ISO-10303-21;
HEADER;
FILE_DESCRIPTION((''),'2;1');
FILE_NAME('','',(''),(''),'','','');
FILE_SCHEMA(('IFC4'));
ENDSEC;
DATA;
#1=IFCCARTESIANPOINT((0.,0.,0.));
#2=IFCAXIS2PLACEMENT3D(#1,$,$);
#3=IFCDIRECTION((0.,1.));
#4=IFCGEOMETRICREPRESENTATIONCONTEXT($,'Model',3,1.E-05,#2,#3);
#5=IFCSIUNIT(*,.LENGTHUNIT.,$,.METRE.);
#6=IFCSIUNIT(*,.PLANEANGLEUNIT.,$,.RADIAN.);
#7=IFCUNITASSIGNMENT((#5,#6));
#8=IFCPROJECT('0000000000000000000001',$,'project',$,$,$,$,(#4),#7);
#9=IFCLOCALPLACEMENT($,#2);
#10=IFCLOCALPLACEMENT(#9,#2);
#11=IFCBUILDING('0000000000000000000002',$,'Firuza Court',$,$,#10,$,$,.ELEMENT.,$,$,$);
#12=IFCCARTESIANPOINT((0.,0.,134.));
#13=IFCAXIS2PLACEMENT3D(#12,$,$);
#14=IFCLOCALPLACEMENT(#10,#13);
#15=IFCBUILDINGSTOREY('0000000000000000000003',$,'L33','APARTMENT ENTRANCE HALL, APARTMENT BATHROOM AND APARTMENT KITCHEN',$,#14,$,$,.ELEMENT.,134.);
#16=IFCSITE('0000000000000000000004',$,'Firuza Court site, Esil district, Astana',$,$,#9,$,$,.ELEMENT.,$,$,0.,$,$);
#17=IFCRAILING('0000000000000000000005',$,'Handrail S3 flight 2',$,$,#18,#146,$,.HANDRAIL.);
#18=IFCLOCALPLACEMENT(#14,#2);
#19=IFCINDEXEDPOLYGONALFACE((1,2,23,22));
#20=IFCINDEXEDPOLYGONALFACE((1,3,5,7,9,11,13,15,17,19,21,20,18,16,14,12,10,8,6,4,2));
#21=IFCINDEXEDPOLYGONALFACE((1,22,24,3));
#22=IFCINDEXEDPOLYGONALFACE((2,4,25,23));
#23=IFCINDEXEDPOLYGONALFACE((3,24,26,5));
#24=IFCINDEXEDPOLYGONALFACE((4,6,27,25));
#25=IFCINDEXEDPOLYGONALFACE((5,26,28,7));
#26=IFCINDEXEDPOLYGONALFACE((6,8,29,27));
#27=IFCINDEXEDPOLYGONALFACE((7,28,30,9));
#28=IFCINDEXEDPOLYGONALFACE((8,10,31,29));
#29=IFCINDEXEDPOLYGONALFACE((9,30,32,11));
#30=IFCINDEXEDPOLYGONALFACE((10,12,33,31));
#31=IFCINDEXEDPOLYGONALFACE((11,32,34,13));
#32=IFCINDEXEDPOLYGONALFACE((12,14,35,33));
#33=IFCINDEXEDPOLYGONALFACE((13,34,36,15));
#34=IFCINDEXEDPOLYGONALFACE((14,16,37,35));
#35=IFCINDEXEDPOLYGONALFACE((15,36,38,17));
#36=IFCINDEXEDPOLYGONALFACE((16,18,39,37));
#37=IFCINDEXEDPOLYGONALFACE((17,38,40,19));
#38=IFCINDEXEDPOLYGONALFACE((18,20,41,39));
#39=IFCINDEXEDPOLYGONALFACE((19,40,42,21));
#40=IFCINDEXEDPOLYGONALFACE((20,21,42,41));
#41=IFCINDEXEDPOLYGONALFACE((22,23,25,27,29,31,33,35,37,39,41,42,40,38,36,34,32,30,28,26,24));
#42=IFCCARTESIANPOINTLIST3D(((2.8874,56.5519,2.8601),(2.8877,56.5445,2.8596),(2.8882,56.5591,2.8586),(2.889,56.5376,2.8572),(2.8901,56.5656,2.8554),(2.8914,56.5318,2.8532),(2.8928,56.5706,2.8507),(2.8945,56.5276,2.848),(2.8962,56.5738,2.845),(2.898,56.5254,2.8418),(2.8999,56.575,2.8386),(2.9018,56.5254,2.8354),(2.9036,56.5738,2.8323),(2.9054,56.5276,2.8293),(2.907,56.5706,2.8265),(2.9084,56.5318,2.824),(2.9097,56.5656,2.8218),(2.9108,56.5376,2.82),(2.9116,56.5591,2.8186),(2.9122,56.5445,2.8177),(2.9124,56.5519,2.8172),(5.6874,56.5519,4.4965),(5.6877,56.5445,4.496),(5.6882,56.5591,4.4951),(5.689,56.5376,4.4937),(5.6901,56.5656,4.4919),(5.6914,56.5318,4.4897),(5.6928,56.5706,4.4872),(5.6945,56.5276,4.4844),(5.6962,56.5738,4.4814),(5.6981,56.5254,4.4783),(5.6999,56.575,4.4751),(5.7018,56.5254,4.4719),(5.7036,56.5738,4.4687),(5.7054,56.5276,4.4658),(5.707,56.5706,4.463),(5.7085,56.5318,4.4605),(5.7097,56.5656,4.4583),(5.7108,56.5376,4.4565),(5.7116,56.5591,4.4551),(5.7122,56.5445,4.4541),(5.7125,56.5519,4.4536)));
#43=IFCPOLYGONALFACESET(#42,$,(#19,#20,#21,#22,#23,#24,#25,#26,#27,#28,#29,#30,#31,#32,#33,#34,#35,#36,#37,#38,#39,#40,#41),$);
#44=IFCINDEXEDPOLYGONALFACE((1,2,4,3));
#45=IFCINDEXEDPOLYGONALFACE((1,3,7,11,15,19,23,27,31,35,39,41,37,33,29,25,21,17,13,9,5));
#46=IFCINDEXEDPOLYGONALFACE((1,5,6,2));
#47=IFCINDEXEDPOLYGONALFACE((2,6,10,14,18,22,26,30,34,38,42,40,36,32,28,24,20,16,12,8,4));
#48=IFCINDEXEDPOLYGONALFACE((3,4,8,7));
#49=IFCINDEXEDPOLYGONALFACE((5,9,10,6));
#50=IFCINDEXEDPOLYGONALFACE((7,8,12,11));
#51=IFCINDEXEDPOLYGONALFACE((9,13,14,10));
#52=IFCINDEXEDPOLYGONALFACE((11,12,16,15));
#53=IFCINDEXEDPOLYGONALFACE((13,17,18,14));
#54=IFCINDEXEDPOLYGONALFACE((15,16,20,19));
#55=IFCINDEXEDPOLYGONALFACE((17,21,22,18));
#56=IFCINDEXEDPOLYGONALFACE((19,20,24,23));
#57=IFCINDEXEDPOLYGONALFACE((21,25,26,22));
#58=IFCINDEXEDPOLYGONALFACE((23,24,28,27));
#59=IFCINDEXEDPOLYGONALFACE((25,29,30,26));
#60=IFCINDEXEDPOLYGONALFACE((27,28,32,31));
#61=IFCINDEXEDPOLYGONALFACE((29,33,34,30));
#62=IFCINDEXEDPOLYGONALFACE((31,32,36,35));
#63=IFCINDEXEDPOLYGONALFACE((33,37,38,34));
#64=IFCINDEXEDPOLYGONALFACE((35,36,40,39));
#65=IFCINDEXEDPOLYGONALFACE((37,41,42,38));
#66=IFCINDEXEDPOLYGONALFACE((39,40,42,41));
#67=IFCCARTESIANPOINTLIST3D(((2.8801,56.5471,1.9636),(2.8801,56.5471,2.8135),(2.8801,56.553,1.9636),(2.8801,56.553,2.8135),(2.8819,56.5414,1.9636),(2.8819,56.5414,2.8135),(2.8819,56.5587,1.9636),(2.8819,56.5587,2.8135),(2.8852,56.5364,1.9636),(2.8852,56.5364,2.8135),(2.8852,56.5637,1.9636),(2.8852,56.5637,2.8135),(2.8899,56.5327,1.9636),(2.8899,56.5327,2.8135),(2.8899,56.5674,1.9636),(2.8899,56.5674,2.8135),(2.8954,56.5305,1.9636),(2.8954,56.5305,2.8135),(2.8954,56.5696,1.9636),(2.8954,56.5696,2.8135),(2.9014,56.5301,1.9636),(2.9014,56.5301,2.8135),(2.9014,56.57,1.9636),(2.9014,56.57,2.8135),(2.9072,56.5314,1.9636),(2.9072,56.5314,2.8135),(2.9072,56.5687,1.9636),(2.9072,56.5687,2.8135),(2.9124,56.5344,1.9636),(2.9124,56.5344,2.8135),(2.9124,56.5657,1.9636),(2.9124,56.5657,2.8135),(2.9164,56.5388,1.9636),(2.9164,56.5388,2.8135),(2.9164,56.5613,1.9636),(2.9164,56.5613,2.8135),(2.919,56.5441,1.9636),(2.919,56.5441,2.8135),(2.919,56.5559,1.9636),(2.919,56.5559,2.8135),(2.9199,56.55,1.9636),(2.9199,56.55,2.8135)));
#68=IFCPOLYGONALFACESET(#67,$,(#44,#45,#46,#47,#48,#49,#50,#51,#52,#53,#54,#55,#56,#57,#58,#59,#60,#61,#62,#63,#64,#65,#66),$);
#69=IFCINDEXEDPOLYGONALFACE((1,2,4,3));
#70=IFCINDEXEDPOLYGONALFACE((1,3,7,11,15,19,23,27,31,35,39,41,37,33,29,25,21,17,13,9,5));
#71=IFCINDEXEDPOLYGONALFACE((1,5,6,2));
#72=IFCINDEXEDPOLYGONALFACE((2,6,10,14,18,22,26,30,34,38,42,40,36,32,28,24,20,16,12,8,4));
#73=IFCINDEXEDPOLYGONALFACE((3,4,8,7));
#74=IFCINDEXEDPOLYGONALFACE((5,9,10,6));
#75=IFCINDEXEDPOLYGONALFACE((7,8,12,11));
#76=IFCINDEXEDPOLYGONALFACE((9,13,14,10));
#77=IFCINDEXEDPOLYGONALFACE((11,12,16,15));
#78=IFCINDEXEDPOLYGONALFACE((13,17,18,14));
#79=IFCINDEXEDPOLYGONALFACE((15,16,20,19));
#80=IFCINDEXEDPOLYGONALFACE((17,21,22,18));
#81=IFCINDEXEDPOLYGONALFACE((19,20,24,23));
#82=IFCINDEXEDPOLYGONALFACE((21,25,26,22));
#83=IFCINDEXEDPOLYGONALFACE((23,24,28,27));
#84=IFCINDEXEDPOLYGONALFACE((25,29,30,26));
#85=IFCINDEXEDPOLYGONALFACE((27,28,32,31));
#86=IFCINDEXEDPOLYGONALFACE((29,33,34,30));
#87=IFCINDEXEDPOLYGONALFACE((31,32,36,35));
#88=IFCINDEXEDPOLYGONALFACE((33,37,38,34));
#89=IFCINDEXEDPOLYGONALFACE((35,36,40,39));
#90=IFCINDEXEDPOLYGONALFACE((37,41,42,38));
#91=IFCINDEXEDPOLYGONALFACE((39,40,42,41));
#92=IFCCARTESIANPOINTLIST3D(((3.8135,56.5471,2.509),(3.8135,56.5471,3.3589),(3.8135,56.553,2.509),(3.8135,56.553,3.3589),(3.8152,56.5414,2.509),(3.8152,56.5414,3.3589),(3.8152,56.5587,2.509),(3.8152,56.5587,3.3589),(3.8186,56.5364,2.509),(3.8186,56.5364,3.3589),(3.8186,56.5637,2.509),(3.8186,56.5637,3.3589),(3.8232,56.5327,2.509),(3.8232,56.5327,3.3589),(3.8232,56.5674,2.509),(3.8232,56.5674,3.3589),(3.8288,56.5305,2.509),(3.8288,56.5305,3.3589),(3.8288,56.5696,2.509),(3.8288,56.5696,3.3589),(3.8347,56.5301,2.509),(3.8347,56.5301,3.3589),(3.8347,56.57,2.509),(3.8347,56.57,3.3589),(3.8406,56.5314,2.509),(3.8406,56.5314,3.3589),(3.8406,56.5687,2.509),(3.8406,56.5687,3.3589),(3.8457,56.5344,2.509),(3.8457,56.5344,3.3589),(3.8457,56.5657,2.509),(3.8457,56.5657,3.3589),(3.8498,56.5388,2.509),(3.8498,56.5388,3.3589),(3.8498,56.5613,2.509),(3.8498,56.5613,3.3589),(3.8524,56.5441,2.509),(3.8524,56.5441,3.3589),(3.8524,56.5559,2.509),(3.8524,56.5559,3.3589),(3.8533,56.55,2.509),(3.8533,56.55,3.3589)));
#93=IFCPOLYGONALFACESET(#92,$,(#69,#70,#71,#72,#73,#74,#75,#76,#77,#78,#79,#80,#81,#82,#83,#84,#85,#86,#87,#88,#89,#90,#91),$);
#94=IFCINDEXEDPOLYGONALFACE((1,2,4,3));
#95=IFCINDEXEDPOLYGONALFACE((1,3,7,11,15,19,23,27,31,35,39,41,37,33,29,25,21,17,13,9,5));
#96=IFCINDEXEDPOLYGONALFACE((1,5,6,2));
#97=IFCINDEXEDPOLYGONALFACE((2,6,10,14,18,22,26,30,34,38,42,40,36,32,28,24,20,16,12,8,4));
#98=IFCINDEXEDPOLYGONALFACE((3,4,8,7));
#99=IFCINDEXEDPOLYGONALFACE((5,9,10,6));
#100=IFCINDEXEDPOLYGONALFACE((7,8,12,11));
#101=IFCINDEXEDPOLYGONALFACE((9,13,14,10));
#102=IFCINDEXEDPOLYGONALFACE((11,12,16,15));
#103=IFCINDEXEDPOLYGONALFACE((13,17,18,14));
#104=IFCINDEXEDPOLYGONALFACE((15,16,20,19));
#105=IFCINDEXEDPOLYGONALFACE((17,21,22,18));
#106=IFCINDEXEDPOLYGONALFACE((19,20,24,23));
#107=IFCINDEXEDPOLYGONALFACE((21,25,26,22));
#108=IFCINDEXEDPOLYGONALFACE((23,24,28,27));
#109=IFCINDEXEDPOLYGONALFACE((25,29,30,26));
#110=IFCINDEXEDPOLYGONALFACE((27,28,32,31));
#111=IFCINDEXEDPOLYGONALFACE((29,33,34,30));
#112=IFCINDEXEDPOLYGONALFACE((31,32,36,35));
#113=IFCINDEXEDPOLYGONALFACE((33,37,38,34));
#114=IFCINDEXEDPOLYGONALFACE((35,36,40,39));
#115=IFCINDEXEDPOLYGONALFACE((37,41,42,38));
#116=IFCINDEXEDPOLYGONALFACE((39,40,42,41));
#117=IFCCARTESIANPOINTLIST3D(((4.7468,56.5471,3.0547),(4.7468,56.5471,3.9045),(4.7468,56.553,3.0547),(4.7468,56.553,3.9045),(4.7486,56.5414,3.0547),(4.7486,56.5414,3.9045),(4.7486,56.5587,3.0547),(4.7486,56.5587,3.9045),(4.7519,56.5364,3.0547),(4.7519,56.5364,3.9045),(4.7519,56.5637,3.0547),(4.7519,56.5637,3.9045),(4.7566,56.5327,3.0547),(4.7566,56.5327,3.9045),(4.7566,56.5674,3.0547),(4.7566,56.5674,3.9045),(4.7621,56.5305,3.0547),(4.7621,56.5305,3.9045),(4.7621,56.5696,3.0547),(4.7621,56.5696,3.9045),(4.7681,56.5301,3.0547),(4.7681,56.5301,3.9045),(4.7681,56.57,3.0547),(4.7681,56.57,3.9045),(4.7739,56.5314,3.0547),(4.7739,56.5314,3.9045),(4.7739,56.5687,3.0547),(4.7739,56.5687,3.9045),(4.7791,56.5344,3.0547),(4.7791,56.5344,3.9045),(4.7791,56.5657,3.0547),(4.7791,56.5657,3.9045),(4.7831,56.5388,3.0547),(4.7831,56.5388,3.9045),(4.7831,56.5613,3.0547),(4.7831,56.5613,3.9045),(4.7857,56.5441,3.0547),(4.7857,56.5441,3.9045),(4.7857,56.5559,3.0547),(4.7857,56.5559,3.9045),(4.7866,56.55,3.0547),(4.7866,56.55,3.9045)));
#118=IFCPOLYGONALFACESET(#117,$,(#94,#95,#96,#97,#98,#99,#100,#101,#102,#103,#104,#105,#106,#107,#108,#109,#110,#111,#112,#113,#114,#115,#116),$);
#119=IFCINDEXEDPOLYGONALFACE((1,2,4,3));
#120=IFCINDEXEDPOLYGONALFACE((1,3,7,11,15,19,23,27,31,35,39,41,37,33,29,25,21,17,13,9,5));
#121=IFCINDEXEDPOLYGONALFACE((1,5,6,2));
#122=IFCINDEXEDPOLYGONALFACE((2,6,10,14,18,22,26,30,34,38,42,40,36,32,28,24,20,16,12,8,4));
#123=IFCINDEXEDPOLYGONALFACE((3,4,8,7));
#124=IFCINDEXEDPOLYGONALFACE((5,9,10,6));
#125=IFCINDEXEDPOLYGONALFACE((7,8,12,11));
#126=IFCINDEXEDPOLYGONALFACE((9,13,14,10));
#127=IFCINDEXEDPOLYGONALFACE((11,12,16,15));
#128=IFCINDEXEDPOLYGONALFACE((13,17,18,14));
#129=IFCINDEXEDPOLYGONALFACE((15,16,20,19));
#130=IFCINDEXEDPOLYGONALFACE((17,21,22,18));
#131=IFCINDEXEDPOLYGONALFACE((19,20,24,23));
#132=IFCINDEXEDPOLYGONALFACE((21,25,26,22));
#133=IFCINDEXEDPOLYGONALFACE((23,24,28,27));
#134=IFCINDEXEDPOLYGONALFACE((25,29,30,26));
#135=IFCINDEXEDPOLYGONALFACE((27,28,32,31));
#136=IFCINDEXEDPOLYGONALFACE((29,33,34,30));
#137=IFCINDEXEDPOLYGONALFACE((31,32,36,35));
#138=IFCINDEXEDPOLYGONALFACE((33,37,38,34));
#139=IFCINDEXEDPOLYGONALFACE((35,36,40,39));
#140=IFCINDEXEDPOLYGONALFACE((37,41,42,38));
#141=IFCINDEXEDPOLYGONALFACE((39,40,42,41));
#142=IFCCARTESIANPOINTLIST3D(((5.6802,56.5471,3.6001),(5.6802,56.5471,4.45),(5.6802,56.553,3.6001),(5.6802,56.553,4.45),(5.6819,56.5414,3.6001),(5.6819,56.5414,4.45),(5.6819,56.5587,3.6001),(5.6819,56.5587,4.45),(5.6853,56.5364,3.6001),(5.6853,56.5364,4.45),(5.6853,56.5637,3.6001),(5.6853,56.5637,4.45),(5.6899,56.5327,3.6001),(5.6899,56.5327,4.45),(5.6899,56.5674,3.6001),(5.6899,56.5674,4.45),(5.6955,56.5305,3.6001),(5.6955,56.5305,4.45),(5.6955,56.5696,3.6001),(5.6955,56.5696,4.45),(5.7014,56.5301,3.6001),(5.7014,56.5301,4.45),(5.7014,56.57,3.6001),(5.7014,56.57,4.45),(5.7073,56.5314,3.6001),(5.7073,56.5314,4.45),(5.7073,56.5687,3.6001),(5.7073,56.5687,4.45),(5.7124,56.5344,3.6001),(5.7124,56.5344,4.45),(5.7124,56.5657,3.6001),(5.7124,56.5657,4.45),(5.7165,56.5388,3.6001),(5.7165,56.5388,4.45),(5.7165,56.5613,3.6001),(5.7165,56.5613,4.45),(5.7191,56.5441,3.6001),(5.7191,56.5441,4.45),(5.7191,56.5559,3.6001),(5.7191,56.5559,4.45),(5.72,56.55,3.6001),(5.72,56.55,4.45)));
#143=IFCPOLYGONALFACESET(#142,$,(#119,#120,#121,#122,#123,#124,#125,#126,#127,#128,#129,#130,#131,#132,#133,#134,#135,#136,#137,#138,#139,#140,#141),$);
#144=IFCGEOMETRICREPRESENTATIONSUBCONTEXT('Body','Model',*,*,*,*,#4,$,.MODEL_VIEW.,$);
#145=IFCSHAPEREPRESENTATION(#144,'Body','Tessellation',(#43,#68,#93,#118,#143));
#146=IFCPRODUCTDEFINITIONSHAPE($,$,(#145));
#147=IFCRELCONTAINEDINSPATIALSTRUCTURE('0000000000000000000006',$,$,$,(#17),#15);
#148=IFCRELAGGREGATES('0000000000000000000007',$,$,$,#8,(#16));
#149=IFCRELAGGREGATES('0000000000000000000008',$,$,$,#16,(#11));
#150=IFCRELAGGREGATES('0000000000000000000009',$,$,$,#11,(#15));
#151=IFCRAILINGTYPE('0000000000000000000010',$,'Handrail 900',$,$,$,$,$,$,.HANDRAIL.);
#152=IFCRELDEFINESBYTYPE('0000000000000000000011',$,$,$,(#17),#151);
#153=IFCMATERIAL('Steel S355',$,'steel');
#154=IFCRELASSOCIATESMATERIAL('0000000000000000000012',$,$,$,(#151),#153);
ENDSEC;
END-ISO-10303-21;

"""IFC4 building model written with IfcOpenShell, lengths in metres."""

from ifc_helpers import new_model, si_unit, direction, frame, origin, origin_2d, place, context, subcontext, project, spatial, circle, extrude, material, type_object, element, save


model = new_model("IFC4")

# Units and contexts
model_context = context("Model", 3, precision=1e-05, world=origin(), true_north=direction((0.0, 1.0)))
body_context = subcontext(model_context, "Body", "Model", "MODEL_VIEW")
ifc_project = project(units=[si_unit("LENGTHUNIT", "METRE"), si_unit("PLANEANGLEUNIT", "RADIAN")], contexts=[model_context])

# Site, building, storey
site_placement = place(None, origin())
site = spatial("IfcSite", under=ifc_project, at=site_placement, Name="Firuza Court site, Esil district, Astana", CompositionType="ELEMENT", RefElevation=0.0)
building_placement = place(site_placement, origin())
building = spatial("IfcBuilding", under=site, at=building_placement, Name="Firuza Court", CompositionType="ELEMENT")
storey_placement = place(building_placement, frame((0.0, 0.0, 134.0)))
storey = spatial("IfcBuildingStorey", under=building, at=storey_placement, Name="L33", Description="APARTMENT ENTRANCE HALL, APARTMENT BATHROOM AND APARTMENT KITCHEN", CompositionType="ELEMENT", Elevation=134.0)

# Railing
ifc_material_1 = material(Name="Steel S355", Category="steel")
railing_type = type_object("IfcRailingType", Name="Handrail 900", PredefinedType="HANDRAIL", material=ifc_material_1)
railing_1_placement = place(storey_placement, frame((2.8999, 56.55, 1.9636)))
element("IfcRailing", 1, at=railing_1_placement, inside=storey, type_object=railing_type, Name="Handrail S3 flight 2", PredefinedType="HANDRAIL", context=body_context, shape_type="SweptSolid", body=[
    extrude(circle(Radius=0.0249, at=origin_2d()), frame((0.0, 0.0, 0.875), z_axis=(0.863361, 0.0, 0.504587), x_axis=(0.0, 1.0, 0.0)), (0.0, 0.0, 1.0), 3.2432),
    extrude(circle(Radius=0.02, at=origin_2d()), origin(), (0.0, 0.0, 1.0), 0.8499),
    extrude(circle(Radius=0.02, at=origin_2d()), frame((0.9333, 0.0, 0.5454)), (0.0, 0.0, 1.0), 0.8499),
    extrude(circle(Radius=0.02, at=origin_2d()), frame((1.8667, 0.0, 1.0911)), (0.0, 0.0, 1.0), 0.8499),
    extrude(circle(Radius=0.02, at=origin_2d()), frame((2.8, 0.0, 1.6365)), (0.0, 0.0, 1.0), 0.8499),
])

save(model, "model.ifc")
